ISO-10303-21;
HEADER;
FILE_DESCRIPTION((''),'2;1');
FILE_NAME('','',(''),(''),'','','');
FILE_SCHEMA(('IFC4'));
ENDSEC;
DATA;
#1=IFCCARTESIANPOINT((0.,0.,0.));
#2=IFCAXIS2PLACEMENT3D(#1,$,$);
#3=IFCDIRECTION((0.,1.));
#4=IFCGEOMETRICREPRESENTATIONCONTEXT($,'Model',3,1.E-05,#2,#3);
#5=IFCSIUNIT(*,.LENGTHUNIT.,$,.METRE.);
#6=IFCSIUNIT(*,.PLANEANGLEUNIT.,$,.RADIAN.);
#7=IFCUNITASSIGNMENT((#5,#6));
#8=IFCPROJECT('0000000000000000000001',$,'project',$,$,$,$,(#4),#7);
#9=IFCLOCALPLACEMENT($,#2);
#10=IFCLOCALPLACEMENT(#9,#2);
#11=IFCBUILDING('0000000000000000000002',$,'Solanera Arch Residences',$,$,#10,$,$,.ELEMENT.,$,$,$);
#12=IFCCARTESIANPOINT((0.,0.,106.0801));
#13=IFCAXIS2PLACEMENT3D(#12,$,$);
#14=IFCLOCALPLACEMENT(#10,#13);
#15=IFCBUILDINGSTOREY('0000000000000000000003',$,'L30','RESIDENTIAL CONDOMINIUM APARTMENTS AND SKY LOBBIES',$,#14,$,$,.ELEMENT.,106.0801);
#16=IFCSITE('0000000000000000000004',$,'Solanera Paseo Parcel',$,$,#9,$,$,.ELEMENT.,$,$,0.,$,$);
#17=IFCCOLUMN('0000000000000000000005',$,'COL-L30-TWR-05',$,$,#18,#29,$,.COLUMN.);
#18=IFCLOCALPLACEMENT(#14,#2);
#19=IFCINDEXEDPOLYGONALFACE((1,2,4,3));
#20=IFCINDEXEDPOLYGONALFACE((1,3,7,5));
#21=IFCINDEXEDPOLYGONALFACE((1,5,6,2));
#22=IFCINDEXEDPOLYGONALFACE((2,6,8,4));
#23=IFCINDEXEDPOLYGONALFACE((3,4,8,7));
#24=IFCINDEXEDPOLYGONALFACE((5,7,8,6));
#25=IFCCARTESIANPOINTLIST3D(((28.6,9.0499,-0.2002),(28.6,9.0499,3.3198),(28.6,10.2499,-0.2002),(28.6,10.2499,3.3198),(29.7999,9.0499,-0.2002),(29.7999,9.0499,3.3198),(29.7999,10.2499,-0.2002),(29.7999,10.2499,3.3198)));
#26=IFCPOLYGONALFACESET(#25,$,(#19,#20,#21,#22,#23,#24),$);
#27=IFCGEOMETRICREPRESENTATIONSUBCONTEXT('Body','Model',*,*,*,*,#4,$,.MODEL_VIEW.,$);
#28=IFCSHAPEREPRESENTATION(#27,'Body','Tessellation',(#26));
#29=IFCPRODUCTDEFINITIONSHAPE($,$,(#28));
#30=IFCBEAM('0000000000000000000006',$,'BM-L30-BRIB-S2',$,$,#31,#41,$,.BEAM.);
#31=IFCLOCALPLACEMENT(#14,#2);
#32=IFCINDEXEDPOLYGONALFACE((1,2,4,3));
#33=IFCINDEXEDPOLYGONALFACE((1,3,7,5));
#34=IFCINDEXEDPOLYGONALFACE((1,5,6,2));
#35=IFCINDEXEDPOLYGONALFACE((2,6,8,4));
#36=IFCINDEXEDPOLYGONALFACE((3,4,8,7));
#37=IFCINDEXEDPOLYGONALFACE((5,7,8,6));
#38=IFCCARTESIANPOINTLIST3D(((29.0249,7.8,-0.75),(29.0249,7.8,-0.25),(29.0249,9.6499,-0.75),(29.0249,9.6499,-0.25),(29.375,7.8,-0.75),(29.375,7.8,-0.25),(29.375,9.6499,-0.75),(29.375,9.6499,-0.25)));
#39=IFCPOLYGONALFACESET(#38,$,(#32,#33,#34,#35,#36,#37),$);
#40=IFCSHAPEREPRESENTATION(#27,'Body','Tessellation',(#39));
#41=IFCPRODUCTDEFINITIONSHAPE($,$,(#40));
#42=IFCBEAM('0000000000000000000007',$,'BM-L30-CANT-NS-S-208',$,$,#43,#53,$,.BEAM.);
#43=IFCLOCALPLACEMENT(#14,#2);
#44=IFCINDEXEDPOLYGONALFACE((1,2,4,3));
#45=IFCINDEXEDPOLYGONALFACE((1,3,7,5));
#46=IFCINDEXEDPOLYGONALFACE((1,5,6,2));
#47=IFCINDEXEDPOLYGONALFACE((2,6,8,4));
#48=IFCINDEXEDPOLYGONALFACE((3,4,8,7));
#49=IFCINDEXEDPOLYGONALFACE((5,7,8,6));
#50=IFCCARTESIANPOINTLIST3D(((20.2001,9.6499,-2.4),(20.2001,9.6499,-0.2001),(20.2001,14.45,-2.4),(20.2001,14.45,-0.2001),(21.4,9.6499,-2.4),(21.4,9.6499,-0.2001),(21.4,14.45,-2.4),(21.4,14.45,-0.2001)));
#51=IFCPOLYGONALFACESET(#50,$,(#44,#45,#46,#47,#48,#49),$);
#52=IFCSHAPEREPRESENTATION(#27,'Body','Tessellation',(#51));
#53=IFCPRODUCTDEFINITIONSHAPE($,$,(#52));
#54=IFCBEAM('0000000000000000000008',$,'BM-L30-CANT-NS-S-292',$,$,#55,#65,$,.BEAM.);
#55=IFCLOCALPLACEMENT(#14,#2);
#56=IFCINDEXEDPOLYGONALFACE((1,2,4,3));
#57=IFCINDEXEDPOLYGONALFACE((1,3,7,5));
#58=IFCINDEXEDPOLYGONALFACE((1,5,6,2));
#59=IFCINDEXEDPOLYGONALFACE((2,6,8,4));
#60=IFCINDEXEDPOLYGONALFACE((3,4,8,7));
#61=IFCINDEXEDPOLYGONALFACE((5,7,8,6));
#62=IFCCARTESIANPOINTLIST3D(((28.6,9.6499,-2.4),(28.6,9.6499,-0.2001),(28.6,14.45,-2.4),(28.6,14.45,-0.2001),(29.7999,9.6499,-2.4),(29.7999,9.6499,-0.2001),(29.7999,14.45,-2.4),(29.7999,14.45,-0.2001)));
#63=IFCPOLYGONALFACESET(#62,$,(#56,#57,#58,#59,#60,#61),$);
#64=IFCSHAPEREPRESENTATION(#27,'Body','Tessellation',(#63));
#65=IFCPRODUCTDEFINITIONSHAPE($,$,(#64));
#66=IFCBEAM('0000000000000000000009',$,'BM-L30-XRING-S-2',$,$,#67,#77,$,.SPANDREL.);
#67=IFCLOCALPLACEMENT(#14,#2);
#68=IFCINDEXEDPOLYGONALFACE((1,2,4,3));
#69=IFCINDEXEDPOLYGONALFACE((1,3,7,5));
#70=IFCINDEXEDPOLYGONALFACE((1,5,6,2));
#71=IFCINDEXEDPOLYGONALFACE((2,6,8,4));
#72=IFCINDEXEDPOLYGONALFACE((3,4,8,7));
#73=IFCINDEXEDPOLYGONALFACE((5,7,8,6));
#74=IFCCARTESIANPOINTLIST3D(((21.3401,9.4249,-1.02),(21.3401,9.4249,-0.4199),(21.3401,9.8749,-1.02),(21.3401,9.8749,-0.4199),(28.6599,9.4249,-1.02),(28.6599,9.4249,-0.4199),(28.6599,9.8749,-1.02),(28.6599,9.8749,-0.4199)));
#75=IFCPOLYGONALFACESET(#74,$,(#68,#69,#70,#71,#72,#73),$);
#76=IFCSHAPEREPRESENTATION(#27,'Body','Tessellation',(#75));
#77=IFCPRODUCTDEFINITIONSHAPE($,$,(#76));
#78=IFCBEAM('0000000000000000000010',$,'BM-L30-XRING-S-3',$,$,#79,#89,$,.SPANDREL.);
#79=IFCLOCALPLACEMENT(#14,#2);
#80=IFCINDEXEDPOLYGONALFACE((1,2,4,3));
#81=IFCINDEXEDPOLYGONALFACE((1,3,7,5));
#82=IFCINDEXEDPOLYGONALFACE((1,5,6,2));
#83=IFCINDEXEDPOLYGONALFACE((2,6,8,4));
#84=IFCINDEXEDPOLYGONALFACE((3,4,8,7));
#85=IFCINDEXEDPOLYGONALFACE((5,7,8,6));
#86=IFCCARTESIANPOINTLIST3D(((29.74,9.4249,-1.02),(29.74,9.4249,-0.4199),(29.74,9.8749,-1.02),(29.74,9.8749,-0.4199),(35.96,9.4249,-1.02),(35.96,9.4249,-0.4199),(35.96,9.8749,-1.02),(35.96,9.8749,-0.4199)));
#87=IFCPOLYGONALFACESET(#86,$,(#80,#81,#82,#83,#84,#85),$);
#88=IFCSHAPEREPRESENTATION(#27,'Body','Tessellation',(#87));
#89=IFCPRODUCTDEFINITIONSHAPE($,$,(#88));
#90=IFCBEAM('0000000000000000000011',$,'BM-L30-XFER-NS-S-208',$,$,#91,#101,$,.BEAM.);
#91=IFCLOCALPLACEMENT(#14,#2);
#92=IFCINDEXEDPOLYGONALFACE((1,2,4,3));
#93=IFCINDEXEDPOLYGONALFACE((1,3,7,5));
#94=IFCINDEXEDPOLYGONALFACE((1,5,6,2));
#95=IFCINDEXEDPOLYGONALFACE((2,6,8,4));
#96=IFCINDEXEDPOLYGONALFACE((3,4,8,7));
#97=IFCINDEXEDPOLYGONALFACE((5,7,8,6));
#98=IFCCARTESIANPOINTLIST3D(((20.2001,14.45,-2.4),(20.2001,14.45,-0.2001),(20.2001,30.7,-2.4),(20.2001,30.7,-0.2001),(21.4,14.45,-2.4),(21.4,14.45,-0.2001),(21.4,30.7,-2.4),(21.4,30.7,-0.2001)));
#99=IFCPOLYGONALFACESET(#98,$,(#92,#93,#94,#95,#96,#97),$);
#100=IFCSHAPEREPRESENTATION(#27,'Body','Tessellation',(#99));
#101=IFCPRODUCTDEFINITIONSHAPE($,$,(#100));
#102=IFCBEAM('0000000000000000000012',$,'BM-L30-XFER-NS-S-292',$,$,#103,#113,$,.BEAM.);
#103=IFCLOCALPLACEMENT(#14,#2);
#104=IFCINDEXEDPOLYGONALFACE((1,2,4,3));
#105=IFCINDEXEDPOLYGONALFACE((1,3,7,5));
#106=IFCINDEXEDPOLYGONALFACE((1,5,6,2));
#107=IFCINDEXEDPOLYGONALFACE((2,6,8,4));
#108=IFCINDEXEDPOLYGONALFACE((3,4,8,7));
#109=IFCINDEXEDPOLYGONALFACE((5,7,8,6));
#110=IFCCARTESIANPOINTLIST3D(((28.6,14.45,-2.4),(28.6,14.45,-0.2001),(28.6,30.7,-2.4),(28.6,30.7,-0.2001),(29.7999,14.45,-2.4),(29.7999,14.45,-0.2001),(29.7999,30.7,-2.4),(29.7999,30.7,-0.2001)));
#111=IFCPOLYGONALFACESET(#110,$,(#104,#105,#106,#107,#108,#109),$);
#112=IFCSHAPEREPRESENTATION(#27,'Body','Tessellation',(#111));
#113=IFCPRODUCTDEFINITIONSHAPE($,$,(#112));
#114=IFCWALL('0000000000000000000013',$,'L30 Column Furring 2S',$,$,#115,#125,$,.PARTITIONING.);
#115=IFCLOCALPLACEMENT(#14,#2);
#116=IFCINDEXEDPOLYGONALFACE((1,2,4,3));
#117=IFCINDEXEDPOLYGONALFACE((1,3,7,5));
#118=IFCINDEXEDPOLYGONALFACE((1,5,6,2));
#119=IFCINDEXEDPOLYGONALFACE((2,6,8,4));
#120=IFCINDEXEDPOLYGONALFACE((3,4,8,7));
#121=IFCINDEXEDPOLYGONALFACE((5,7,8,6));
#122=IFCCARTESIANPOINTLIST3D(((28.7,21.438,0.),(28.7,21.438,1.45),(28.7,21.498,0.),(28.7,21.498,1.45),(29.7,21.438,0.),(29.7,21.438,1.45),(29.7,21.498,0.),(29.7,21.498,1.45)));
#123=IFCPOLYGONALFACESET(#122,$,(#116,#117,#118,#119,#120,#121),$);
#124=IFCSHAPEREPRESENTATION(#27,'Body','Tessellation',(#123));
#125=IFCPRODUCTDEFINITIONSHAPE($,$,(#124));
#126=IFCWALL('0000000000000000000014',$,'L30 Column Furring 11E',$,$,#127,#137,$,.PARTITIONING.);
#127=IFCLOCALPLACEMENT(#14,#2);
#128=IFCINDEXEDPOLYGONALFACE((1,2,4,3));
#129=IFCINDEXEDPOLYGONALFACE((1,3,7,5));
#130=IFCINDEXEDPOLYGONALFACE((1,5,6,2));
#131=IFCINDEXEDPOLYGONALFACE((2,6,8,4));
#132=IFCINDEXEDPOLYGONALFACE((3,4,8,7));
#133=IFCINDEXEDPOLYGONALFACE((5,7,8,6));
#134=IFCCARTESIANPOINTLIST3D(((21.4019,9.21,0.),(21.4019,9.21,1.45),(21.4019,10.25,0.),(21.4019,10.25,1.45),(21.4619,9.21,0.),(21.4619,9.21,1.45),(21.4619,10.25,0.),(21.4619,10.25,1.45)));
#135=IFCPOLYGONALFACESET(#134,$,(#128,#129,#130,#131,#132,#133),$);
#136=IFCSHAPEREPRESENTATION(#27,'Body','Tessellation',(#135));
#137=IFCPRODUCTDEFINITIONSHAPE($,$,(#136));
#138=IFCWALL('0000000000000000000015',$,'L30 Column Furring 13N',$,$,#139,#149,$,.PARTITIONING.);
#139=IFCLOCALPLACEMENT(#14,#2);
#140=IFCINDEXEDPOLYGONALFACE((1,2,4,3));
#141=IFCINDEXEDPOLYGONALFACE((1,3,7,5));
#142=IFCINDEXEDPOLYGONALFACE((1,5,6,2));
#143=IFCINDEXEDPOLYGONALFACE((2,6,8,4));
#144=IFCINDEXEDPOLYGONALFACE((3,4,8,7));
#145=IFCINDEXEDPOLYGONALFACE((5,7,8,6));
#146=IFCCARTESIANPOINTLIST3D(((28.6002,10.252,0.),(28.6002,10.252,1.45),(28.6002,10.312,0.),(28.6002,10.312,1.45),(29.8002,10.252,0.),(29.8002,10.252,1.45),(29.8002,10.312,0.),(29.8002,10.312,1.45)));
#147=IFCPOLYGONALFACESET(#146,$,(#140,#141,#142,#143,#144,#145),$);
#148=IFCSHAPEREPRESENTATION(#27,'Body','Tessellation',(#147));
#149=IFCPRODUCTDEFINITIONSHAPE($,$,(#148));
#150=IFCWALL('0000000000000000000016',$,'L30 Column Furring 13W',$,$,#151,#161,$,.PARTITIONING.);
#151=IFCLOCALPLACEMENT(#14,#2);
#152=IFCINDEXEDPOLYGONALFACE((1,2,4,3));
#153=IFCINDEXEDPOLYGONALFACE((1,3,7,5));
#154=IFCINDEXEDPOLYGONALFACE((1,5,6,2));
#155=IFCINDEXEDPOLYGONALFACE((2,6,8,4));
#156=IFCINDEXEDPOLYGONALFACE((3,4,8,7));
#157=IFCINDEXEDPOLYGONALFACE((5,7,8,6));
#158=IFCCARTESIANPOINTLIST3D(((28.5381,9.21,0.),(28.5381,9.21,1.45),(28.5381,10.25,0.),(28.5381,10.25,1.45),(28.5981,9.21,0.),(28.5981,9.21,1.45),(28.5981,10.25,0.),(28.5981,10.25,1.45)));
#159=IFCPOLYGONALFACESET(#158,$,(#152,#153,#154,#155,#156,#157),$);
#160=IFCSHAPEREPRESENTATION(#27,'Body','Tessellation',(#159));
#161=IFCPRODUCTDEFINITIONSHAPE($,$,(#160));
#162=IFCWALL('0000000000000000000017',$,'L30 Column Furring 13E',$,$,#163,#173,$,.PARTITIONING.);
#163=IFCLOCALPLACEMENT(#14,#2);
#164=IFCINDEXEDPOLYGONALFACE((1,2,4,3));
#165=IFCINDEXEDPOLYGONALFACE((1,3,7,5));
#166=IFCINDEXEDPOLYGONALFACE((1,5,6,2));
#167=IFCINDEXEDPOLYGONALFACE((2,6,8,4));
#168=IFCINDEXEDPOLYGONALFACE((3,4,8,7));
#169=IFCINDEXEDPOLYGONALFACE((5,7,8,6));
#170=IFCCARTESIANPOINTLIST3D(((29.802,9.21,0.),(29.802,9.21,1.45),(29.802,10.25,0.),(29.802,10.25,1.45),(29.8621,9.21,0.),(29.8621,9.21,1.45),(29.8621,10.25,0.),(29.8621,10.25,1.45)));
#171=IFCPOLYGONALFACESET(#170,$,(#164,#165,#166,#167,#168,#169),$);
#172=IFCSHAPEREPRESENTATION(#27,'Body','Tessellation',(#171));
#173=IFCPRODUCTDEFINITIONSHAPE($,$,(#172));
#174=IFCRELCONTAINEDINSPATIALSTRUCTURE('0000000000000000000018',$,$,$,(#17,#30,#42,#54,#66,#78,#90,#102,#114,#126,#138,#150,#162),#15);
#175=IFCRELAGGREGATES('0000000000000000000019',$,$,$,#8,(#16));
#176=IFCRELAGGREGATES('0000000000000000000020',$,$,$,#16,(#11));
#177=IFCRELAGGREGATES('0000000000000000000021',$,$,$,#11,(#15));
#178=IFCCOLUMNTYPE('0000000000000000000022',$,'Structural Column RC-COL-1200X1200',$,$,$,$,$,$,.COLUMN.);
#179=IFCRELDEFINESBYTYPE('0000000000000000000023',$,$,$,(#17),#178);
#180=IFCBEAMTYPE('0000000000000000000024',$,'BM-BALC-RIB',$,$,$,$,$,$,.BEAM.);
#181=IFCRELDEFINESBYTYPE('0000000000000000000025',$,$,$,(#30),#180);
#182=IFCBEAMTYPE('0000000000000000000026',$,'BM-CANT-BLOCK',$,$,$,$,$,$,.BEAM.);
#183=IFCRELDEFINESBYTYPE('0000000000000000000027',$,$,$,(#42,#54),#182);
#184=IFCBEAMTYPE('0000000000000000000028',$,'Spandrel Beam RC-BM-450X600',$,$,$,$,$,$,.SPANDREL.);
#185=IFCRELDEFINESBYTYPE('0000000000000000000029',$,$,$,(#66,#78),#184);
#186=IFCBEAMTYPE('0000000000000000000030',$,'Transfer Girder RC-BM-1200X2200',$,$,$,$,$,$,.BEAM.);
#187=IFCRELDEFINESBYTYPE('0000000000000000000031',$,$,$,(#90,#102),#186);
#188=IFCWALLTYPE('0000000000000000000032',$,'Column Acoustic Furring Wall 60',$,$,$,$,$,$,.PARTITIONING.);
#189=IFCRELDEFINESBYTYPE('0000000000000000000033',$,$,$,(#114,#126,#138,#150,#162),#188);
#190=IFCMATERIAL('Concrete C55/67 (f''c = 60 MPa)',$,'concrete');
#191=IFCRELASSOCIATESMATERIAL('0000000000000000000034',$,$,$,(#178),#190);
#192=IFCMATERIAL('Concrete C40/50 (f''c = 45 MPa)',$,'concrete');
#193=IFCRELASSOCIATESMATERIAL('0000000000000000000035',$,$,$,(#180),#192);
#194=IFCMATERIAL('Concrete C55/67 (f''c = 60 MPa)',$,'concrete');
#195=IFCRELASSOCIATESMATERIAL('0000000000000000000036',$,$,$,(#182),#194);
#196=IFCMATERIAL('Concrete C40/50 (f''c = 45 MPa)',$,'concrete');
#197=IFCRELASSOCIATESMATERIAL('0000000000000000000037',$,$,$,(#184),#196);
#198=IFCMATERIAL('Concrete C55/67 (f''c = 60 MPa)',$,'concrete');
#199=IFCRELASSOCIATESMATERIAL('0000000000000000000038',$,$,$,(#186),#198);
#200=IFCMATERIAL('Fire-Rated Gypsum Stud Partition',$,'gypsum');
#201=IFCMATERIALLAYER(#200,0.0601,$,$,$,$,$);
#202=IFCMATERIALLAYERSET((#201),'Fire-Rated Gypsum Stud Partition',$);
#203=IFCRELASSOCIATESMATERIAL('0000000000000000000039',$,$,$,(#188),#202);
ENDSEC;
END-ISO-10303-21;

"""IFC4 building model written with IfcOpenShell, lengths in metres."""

from ifc_helpers import new_model, si_unit, direction, frame, frame_2d, origin, origin_2d, place, context, subcontext, project, spatial, rectangle, extrude, material, layer, layer_set, material_profile, profile_set, type_object, element, save


model = new_model("IFC4")

# Units and contexts
model_context = context("Model", 3, precision=1e-05, world=origin(), true_north=direction((0.0, 1.0)))
body_context = subcontext(model_context, "Body", "Model", "MODEL_VIEW")
ifc_project = project(units=[si_unit("LENGTHUNIT", "METRE"), si_unit("PLANEANGLEUNIT", "RADIAN")], contexts=[model_context])

# Site, building, storey
site_placement = place(None, origin())
site = spatial("IfcSite", under=ifc_project, at=site_placement, Name="Solanera Paseo Parcel", CompositionType="ELEMENT", RefElevation=0.0)
building_placement = place(site_placement, origin())
building = spatial("IfcBuilding", under=site, at=building_placement, Name="Solanera Arch Residences", CompositionType="ELEMENT")
storey_placement = place(building_placement, frame((0.0, 0.0, 106.0801)))
storey = spatial("IfcBuildingStorey", under=building, at=storey_placement, Name="L30", Description="RESIDENTIAL CONDOMINIUM APARTMENTS AND SKY LOBBIES", CompositionType="ELEMENT", Elevation=106.0801)

# Column
ifc_material_1 = material(Name="Concrete C55/67 (f'c = 60 MPa)", Category="concrete")
ifc_material_profile_1 = material_profile(ifc_material_1, rectangle(XDim=1.2, YDim=1.2, at=origin_2d()))
ifc_profile_set_1 = profile_set([ifc_material_profile_1], Name="Concrete C55/67 (f'c = 60 MPa)")
column_type = type_object("IfcColumnType", Name="Structural Column RC-COL-1200X1200", PredefinedType="COLUMN", material=ifc_profile_set_1)
column_placement = place(storey_placement, frame((29.2, 9.6499, -0.2002), z_axis=(0.0, 0.0, 1.0), x_axis=(1.0, 0.0, 0.0)))
element("IfcColumn", 1, at=column_placement, inside=storey, type_object=column_type, Name="COL-L30-TWR-05", PredefinedType="COLUMN", context=body_context, shape_type="SweptSolid", body=[
    extrude(rectangle(XDim=1.2, YDim=1.2, at=origin_2d()), origin(), (0.0, 0.0, 1.0), 3.52),
])

# Beams
ifc_material_2 = material(Name="Concrete C40/50 (f'c = 45 MPa)", Category="concrete")
ifc_material_profile_2 = material_profile(ifc_material_2, rectangle(XDim=0.3501, YDim=0.5, at=origin_2d()))
ifc_profile_set_2 = profile_set([ifc_material_profile_2], Name="Concrete C40/50 (f'c = 45 MPa)")
beam_type_1 = type_object("IfcBeamType", Name="BM-BALC-RIB", PredefinedType="BEAM", material=ifc_profile_set_2)
beam_1_placement = place(storey_placement, frame((29.2, 7.8, -0.5), z_axis=(0.0, 1.0, 0.0), x_axis=(-1.0, 0.0, 0.0)))
element("IfcBeam", 2, at=beam_1_placement, inside=storey, type_object=beam_type_1, Name="BM-L30-BRIB-S2", PredefinedType="BEAM", context=body_context, shape_type="SweptSolid", body=[
    extrude(rectangle(XDim=0.3501, YDim=0.5, at=origin_2d()), origin(), (0.0, 0.0, 1.0), 1.8499),
])
ifc_material_3 = material(Name="Concrete C55/67 (f'c = 60 MPa)", Category="concrete")
ifc_material_profile_3 = material_profile(ifc_material_3, rectangle(XDim=1.2, YDim=2.2, at=origin_2d()))
ifc_profile_set_3 = profile_set([ifc_material_profile_3], Name="Concrete C55/67 (f'c = 60 MPa)")
beam_type_2 = type_object("IfcBeamType", Name="BM-CANT-BLOCK", PredefinedType="BEAM", material=ifc_profile_set_3)
for number, where, z_axis, x_axis, name in (
    (3, (20.8, 9.6499, -1.3), (0.0, 1.0, 0.0), (-1.0, 0.0, 0.0), "BM-L30-CANT-NS-S-208"),
    (4, (29.2, 9.6499, -1.3), (0.0, 1.0, 0.0), (-1.0, 0.0, 0.0), "BM-L30-CANT-NS-S-292"),
):
    element("IfcBeam", number, at=place(storey_placement, frame(where, z_axis=z_axis, x_axis=x_axis)), inside=storey, type_object=beam_type_2, Name=name, PredefinedType="BEAM", context=body_context, shape_type="SweptSolid", body=[
        extrude(rectangle(XDim=1.2, YDim=2.2, at=origin_2d()), origin(), (0.0, 0.0, 1.0), 4.8),
    ])
ifc_material_4 = material(Name="Concrete C40/50 (f'c = 45 MPa)", Category="concrete")
ifc_material_profile_4 = material_profile(ifc_material_4, rectangle(XDim=0.45, YDim=0.6001, at=origin_2d()))
ifc_profile_set_4 = profile_set([ifc_material_profile_4], Name="Concrete C40/50 (f'c = 45 MPa)")
beam_type_3 = type_object("IfcBeamType", Name="Spandrel Beam RC-BM-450X600", PredefinedType="SPANDREL", material=ifc_profile_set_4)
beam_2_placement = place(storey_placement, frame((21.3401, 9.6499, -0.72), z_axis=(1.0, 0.0, 0.0), x_axis=(0.0, 1.0, 0.0)))
element("IfcBeam", 5, at=beam_2_placement, inside=storey, type_object=beam_type_3, Name="BM-L30-XRING-S-2", PredefinedType="SPANDREL", context=body_context, shape_type="SweptSolid", body=[
    extrude(rectangle(XDim=0.45, YDim=0.6001, at=origin_2d()), origin(), (0.0, 0.0, 1.0), 7.3198),
])
beam_3_placement = place(storey_placement, frame((29.74, 9.6499, -0.72), z_axis=(1.0, 0.0, 0.0), x_axis=(0.0, 1.0, 0.0)))
element("IfcBeam", 6, at=beam_3_placement, inside=storey, type_object=beam_type_3, Name="BM-L30-XRING-S-3", PredefinedType="SPANDREL", context=body_context, shape_type="SweptSolid", body=[
    extrude(rectangle(XDim=0.45, YDim=0.6001, at=origin_2d()), origin(), (0.0, 0.0, 1.0), 6.22),
])
ifc_material_5 = material(Name="Concrete C55/67 (f'c = 60 MPa)", Category="concrete")
ifc_material_profile_5 = material_profile(ifc_material_5, rectangle(XDim=1.2, YDim=2.2, at=origin_2d()))
ifc_profile_set_5 = profile_set([ifc_material_profile_5], Name="Concrete C55/67 (f'c = 60 MPa)")
beam_type_4 = type_object("IfcBeamType", Name="Transfer Girder RC-BM-1200X2200", PredefinedType="BEAM", material=ifc_profile_set_5)
for number, where, z_axis, x_axis, name in (
    (7, (20.8, 14.45, -1.3), (0.0, 1.0, 0.0), (-1.0, 0.0, 0.0), "BM-L30-XFER-NS-S-208"),
    (8, (29.2, 14.45, -1.3), (0.0, 1.0, 0.0), (-1.0, 0.0, 0.0), "BM-L30-XFER-NS-S-292"),
):
    element("IfcBeam", number, at=place(storey_placement, frame(where, z_axis=z_axis, x_axis=x_axis)), inside=storey, type_object=beam_type_4, Name=name, PredefinedType="BEAM", context=body_context, shape_type="SweptSolid", body=[
        extrude(rectangle(XDim=1.2, YDim=2.2, at=origin_2d()), origin(), (0.0, 0.0, 1.0), 16.25),
    ])

# Walls
ifc_material_6 = material(Name="Fire-Rated Gypsum Stud Partition", Category="gypsum")
ifc_layer_1 = layer(ifc_material_6, 0.0601)
ifc_layer_set_1 = layer_set([ifc_layer_1], Name="Fire-Rated Gypsum Stud Partition")
wall_type_1 = type_object("IfcWallType", Name="Column Acoustic Furring Wall 60", PredefinedType="PARTITIONING", material=ifc_layer_set_1)
wall_1_placement = place(storey_placement, frame((28.7, 21.468, 0.0), z_axis=(0.0, 0.0, 1.0), x_axis=(1.0, 0.0, 0.0)))
element("IfcWall", 9, at=wall_1_placement, inside=storey, type_object=wall_type_1, Name="L30 Column Furring 2S", PredefinedType="PARTITIONING", context=body_context, shape_type="SweptSolid", body=[
    extrude(rectangle(XDim=1.0, YDim=0.0601, at=frame_2d((0.5, 0.0))), origin(), (0.0, 0.0, 1.0), 1.45),
])
wall_2_placement = place(storey_placement, frame((21.4319, 9.21, 0.0), z_axis=(0.0, 0.0, 1.0), x_axis=(0.0, 1.0, 0.0)))
element("IfcWall", 10, at=wall_2_placement, inside=storey, type_object=wall_type_1, Name="L30 Column Furring 11E", PredefinedType="PARTITIONING", context=body_context, shape_type="SweptSolid", body=[
    extrude(rectangle(XDim=1.04, YDim=0.0601, at=frame_2d((0.52, 0.0))), origin(), (0.0, 0.0, 1.0), 1.45),
])
wall_3_placement = place(storey_placement, frame((28.6001, 10.282, 0.0), z_axis=(0.0, 0.0, 1.0), x_axis=(1.0, 0.0, 0.0)))
element("IfcWall", 11, at=wall_3_placement, inside=storey, type_object=wall_type_1, Name="L30 Column Furring 13N", PredefinedType="PARTITIONING", context=body_context, shape_type="SweptSolid", body=[
    extrude(rectangle(XDim=1.2, YDim=0.0601, at=frame_2d((0.6001, 0.0))), origin(), (0.0, 0.0, 1.0), 1.45),
])
for number, where, z_axis, x_axis, name in (
    (12, (28.5681, 9.21, 0.0), (0.0, 0.0, 1.0), (0.0, 1.0, 0.0), "L30 Column Furring 13W"),
    (13, (29.832, 9.21, 0.0), (0.0, 0.0, 1.0), (0.0, 1.0, 0.0), "L30 Column Furring 13E"),
):
    element("IfcWall", number, at=place(storey_placement, frame(where, z_axis=z_axis, x_axis=x_axis)), inside=storey, type_object=wall_type_1, Name=name, PredefinedType="PARTITIONING", context=body_context, shape_type="SweptSolid", body=[
        extrude(rectangle(XDim=1.04, YDim=0.0601, at=frame_2d((0.52, 0.0))), origin(), (0.0, 0.0, 1.0), 1.45),
    ])

save(model, "model.ifc")
